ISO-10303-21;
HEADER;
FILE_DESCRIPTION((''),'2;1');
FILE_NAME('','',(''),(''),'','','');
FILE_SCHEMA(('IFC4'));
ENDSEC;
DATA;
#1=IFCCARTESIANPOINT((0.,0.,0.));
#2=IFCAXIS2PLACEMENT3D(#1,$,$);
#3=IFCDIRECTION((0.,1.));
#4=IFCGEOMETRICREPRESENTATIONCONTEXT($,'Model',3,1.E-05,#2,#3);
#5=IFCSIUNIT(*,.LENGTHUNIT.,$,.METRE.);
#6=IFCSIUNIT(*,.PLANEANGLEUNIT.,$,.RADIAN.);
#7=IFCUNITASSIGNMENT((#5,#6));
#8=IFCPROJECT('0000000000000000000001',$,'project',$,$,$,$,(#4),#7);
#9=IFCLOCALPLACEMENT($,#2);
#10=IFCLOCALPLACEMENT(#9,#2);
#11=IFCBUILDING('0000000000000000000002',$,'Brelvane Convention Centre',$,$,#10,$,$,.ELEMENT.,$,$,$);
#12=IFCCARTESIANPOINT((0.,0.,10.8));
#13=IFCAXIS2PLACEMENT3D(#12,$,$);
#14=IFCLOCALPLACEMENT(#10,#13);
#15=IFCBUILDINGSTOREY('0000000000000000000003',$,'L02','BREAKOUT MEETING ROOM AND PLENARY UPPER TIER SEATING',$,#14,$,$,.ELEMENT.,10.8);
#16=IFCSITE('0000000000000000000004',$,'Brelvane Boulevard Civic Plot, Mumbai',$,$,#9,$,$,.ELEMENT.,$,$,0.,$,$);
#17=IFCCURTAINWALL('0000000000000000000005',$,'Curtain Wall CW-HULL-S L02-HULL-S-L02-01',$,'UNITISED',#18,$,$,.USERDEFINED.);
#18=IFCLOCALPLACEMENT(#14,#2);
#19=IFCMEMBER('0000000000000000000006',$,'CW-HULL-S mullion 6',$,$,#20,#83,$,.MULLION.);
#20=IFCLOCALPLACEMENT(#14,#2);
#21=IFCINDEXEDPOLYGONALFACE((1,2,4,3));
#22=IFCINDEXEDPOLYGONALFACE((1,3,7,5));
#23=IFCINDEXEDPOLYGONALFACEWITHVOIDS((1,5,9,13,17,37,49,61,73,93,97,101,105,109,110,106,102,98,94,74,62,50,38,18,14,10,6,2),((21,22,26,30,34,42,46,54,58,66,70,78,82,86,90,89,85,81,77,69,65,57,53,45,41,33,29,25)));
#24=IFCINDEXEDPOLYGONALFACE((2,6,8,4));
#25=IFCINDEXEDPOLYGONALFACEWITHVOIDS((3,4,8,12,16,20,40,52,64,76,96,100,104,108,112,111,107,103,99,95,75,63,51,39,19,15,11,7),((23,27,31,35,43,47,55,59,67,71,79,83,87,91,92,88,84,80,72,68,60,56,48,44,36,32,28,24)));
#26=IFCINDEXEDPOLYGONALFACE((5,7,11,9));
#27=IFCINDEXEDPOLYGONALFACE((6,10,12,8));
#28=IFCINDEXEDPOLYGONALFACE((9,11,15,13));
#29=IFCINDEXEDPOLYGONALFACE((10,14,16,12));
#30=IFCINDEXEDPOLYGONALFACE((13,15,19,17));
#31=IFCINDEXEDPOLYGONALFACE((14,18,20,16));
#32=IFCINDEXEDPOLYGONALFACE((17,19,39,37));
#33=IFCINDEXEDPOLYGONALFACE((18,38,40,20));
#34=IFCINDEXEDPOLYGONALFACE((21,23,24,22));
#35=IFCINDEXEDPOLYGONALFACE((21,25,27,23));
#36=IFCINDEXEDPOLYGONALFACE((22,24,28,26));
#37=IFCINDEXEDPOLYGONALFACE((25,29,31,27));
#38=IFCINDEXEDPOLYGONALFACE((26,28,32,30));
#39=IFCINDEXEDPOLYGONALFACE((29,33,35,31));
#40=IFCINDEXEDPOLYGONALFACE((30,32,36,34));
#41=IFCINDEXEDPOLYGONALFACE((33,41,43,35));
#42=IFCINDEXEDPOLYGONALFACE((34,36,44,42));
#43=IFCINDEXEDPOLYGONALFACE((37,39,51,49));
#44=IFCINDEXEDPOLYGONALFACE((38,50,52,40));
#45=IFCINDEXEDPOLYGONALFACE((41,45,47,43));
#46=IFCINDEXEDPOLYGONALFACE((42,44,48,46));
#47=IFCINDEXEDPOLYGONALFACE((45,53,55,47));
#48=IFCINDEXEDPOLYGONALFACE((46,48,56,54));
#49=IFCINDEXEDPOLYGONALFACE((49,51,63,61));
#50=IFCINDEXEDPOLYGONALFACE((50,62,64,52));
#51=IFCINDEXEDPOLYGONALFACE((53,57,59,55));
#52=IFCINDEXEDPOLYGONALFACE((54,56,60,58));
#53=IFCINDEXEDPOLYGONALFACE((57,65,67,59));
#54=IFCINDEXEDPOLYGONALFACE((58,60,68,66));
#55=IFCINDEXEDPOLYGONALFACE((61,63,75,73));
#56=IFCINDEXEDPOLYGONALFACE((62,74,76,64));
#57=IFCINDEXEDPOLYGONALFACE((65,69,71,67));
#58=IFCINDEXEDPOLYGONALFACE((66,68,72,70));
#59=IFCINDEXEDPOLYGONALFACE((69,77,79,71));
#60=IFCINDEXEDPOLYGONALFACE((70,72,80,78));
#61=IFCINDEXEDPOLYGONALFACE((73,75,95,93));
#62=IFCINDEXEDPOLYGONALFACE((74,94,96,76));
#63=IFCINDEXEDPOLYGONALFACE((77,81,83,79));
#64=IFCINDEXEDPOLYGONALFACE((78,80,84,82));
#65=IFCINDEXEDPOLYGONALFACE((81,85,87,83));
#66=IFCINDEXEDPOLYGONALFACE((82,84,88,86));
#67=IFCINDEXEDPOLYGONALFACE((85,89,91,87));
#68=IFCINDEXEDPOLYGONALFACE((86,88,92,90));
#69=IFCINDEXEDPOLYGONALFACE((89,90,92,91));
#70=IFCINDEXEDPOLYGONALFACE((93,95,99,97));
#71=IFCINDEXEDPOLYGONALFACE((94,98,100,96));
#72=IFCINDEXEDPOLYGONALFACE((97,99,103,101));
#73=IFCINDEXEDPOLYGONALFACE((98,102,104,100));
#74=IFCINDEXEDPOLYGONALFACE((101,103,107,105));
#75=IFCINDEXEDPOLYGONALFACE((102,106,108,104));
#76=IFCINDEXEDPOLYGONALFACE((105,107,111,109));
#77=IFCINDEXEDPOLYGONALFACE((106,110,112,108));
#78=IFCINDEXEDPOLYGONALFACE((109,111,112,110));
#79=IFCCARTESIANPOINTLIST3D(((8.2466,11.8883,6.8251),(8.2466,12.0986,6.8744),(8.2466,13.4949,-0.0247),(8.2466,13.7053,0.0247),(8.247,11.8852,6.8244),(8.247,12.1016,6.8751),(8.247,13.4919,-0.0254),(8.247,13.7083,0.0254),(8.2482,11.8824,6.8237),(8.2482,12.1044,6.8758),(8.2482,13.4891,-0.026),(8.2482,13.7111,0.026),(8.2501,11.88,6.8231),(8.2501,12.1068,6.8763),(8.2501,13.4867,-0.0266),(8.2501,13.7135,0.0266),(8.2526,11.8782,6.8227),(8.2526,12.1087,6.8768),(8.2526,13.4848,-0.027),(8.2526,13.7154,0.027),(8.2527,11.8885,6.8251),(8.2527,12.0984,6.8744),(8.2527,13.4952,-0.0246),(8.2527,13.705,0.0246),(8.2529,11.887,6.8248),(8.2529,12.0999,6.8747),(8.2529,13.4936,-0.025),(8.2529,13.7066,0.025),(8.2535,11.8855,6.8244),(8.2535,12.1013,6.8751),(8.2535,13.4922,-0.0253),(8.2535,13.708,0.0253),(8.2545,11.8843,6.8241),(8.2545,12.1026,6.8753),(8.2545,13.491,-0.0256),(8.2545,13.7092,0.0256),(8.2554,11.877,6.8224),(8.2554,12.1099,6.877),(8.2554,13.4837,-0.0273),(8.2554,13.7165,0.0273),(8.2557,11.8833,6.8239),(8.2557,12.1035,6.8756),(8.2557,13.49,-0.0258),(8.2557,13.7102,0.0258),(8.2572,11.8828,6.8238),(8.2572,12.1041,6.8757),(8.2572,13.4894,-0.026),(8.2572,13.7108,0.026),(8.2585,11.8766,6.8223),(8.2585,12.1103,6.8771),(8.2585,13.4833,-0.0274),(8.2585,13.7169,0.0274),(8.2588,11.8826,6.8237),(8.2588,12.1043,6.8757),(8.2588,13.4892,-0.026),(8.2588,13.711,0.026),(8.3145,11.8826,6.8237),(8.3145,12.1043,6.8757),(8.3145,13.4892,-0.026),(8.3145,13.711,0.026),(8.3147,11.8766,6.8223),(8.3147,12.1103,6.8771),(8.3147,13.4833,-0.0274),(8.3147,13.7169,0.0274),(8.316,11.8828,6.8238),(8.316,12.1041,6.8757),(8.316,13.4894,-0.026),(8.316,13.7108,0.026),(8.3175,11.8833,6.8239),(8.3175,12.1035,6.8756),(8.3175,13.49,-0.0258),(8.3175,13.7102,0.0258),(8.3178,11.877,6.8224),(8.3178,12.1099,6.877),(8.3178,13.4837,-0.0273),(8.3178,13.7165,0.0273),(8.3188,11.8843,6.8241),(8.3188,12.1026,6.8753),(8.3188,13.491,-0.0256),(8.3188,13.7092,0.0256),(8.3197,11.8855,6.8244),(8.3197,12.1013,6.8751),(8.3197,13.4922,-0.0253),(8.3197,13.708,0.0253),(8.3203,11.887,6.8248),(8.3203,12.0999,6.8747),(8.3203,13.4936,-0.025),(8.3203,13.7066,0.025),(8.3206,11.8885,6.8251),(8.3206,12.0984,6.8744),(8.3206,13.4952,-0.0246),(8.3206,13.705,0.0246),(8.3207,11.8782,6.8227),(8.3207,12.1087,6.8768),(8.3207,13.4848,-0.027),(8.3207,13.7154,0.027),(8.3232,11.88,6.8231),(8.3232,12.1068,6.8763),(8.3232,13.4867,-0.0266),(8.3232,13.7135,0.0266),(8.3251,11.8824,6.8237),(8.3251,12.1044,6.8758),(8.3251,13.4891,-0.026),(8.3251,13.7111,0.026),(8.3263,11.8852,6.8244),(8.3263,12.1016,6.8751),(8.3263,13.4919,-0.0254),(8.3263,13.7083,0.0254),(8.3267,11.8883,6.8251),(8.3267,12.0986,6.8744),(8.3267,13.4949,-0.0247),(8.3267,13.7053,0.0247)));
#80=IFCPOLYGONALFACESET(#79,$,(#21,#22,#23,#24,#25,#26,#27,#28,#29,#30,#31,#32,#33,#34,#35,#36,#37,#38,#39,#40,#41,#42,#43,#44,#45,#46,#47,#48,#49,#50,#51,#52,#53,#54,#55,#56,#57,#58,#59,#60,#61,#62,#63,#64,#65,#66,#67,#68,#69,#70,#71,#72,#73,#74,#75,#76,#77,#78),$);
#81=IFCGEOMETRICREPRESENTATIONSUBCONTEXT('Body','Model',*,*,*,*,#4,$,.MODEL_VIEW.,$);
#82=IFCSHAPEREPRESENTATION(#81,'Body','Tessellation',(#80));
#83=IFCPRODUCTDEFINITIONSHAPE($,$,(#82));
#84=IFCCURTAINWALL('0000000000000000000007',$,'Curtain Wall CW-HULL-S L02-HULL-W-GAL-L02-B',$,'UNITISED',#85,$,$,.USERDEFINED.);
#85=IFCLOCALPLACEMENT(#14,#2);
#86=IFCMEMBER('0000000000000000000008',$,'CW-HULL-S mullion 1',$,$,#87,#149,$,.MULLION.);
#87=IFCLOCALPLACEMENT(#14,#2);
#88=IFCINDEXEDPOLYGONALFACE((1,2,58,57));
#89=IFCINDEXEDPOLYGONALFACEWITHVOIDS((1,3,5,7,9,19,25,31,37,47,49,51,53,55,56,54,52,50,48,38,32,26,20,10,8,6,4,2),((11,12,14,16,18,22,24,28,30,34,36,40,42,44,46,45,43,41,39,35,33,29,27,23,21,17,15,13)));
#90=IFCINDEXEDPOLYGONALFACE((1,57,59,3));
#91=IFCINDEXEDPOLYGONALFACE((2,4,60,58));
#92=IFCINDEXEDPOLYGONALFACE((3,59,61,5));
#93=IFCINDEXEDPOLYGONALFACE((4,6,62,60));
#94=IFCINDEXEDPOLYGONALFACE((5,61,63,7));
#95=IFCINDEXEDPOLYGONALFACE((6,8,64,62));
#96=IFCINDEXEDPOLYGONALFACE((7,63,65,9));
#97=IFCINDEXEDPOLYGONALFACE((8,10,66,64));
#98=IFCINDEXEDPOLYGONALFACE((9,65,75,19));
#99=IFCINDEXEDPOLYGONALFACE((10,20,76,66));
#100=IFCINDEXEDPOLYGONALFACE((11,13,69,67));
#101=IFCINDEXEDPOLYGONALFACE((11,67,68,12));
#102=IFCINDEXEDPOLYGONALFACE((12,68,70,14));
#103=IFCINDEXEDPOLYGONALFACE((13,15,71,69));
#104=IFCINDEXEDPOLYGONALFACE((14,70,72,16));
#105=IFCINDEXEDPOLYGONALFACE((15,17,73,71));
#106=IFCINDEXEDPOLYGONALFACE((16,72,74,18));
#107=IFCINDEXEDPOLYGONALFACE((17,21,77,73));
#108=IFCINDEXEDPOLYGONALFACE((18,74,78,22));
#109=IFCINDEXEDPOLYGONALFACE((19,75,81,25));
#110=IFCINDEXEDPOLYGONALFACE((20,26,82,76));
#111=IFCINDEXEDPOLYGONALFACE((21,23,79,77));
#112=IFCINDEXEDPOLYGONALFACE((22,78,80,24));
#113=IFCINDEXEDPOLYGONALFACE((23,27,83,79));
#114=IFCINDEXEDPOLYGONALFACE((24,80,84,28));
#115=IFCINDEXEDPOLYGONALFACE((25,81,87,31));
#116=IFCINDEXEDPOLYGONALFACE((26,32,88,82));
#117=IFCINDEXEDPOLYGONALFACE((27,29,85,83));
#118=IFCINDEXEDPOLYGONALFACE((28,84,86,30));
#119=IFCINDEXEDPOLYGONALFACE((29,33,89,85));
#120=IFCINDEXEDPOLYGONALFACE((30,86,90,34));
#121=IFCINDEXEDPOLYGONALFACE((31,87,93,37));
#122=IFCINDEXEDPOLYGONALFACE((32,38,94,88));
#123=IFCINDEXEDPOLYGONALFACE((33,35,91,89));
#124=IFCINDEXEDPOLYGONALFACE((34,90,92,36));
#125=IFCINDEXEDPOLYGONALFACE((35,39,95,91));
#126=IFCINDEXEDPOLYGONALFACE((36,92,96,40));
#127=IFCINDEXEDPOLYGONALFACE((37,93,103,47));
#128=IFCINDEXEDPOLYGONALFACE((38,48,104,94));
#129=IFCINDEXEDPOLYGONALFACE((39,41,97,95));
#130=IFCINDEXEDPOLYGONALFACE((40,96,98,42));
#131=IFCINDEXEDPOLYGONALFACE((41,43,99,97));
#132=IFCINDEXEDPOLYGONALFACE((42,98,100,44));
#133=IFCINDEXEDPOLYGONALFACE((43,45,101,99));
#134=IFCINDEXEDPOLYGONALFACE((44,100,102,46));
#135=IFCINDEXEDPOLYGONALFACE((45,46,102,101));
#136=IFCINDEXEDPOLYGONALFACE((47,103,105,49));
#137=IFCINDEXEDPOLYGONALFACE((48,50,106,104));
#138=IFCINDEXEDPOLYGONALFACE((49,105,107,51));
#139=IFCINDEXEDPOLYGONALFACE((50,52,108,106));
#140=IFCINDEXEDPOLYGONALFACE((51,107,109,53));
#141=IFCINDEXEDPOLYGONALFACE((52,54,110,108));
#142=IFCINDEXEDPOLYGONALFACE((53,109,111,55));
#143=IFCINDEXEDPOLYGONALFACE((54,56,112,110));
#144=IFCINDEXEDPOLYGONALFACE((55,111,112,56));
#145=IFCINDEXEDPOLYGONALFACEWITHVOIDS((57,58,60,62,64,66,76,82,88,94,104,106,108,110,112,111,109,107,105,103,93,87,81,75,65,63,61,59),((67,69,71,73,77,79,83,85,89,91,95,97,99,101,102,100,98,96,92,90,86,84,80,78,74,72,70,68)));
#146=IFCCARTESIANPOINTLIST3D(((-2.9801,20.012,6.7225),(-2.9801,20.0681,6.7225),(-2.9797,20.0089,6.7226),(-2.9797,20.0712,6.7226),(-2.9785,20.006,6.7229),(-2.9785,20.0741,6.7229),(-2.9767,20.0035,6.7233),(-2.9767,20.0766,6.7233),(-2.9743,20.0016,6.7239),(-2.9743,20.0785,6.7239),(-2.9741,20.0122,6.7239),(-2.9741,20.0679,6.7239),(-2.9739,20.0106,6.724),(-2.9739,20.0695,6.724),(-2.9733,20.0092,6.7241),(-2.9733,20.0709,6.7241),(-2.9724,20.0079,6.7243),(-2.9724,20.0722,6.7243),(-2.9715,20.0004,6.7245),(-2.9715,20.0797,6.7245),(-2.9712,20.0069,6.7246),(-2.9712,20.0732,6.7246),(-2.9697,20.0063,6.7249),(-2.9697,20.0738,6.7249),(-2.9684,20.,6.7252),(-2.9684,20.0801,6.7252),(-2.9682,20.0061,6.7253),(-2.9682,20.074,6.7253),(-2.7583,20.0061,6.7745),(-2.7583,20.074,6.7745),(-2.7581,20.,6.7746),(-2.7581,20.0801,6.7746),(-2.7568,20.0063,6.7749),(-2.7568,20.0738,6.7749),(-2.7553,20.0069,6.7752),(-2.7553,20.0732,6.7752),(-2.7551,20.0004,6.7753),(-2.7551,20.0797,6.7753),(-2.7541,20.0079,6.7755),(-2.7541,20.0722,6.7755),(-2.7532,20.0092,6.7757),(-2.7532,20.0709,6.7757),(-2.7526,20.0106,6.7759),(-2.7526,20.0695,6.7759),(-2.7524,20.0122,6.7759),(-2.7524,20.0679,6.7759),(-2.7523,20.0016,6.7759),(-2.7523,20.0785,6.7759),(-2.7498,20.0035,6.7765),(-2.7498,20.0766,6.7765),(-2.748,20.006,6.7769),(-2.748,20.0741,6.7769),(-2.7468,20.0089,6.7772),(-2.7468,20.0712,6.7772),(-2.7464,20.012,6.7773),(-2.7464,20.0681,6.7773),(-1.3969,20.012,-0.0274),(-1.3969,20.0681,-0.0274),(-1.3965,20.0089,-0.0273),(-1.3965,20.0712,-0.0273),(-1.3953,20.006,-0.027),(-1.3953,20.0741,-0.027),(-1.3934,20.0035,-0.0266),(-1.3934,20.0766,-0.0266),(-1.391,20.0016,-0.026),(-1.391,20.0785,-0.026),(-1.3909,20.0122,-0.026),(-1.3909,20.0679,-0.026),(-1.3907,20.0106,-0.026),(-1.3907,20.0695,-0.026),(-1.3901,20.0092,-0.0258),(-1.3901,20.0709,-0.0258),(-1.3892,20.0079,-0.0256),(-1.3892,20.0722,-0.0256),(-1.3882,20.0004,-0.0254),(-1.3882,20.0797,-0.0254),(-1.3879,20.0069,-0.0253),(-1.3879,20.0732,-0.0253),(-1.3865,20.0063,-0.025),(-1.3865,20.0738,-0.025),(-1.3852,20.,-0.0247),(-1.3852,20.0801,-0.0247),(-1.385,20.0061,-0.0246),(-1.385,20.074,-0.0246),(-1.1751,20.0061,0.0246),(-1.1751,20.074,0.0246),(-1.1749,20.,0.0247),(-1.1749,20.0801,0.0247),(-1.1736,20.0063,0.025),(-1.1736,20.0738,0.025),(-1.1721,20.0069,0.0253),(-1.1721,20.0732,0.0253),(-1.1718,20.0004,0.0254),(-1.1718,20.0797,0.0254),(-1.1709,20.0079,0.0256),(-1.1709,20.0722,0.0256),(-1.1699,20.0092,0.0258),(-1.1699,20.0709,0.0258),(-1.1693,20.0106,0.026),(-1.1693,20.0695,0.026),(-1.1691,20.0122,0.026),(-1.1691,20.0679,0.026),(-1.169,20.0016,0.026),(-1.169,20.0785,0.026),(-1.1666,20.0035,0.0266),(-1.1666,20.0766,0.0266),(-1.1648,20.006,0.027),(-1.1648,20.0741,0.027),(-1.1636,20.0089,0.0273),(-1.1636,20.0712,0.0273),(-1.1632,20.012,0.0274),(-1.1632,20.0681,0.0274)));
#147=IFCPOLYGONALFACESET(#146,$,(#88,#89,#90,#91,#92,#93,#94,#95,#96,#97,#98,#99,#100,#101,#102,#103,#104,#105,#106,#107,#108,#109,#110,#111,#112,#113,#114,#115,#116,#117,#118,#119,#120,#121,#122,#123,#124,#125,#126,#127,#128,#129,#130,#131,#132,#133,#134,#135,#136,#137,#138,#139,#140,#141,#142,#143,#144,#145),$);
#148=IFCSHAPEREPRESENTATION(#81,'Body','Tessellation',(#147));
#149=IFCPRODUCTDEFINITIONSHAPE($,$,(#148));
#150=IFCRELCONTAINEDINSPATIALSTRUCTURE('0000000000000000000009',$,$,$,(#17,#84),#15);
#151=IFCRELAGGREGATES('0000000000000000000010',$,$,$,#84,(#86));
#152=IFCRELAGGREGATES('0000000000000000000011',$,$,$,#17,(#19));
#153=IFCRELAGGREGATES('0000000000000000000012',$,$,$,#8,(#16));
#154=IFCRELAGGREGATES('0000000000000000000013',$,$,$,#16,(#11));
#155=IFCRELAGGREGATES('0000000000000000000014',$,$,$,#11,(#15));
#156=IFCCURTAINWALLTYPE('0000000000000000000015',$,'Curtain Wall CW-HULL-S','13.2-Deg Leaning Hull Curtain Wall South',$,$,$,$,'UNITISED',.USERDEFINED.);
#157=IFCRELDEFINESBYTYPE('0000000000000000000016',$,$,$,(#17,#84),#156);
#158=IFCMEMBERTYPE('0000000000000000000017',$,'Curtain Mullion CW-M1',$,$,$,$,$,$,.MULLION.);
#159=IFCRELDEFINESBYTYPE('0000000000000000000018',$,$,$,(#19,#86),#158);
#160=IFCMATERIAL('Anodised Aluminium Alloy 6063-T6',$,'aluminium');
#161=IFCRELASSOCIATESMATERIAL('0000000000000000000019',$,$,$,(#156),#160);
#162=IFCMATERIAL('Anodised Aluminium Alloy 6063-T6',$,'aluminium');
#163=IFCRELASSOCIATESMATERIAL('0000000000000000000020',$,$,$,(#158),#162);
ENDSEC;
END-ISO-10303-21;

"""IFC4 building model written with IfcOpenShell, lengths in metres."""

from ifc_helpers import new_model, si_unit, direction, frame, origin, origin_2d, place, context, subcontext, project, spatial, hollow_rectangle, extrude, material, material_profile, profile_set, type_object, element, aggregate, save


model = new_model("IFC4")

# Units and contexts
model_context = context("Model", 3, precision=1e-05, world=origin(), true_north=direction((0.0, 1.0)))
body_context = subcontext(model_context, "Body", "Model", "MODEL_VIEW")
ifc_project = project(units=[si_unit("LENGTHUNIT", "METRE"), si_unit("PLANEANGLEUNIT", "RADIAN")], contexts=[model_context])

# Site, building, storey
site_placement = place(None, origin())
site = spatial("IfcSite", under=ifc_project, at=site_placement, Name="Brelvane Boulevard Civic Plot, Mumbai", CompositionType="ELEMENT", RefElevation=0.0)
building_placement = place(site_placement, origin())
building = spatial("IfcBuilding", under=site, at=building_placement, Name="Brelvane Convention Centre", CompositionType="ELEMENT")
storey_placement = place(building_placement, frame((0.0, 0.0, 10.8)))
storey = spatial("IfcBuildingStorey", under=building, at=storey_placement, Name="L02", Description="BREAKOUT MEETING ROOM AND PLENARY UPPER TIER SEATING", CompositionType="ELEMENT", Elevation=10.8)

# Curtain walls, members
ifc_material_1 = material(Name="Anodised Aluminium Alloy 6063-T6", Category="aluminium")
curtain_wall_type = type_object("IfcCurtainWallType", Name="Curtain Wall CW-HULL-S", Description="13.2-Deg Leaning Hull Curtain Wall South", ElementType="UNITISED", PredefinedType="USERDEFINED", material=ifc_material_1)
curtain_wall_1_placement = place(storey_placement, origin())
curtain_wall_1 = element("IfcCurtainWall", 1, at=curtain_wall_1_placement, inside=storey, type_object=curtain_wall_type, Name="Curtain Wall CW-HULL-S L02-HULL-S-L02-01", ObjectType="UNITISED", PredefinedType="USERDEFINED")
ifc_material_2 = material(Name="Anodised Aluminium Alloy 6063-T6", Category="aluminium")
ifc_material_profile_1 = material_profile(ifc_material_2, hollow_rectangle(XDim=0.0801, YDim=0.24, WallThickness=0.0061, InnerFilletRadius=0.0061, OuterFilletRadius=0.012, at=origin_2d()), Name="ALU-M 240x80x6.0")
ifc_profile_set_1 = profile_set([ifc_material_profile_1], Name="Anodised Aluminium Alloy 6063-T6")
member_type_1 = type_object("IfcMemberType", Name="Curtain Mullion CW-M1", PredefinedType="MULLION", material=ifc_profile_set_1)
member_1_placement = place(storey_placement, frame((8.2866, 13.6001, 0.0), z_axis=(0.0, -0.22836, 0.973577), x_axis=(1.0, 0.0, 0.0)))
member_1 = element("IfcMember", 2, at=member_1_placement, type_object=member_type_1, Name="CW-HULL-S mullion 6", PredefinedType="MULLION", context=body_context, shape_type="SweptSolid", body=[
    extrude(hollow_rectangle(XDim=0.0801, YDim=0.24, WallThickness=0.0061, InnerFilletRadius=0.0061, OuterFilletRadius=0.012, at=origin_2d()), origin(), (0.0, 0.0, 1.0), 7.0356),
])
curtain_wall_2_placement = place(storey_placement, origin())
curtain_wall_2 = element("IfcCurtainWall", 3, at=curtain_wall_2_placement, inside=storey, type_object=curtain_wall_type, Name="Curtain Wall CW-HULL-S L02-HULL-W-GAL-L02-B", ObjectType="UNITISED", PredefinedType="USERDEFINED")
member_2_placement = place(storey_placement, frame((-1.28, 20.04, 0.0), z_axis=(-0.228358, 0.0, 0.973577), x_axis=(0.0, -1.0, 0.0)))
member_2 = element("IfcMember", 4, at=member_2_placement, type_object=member_type_1, Name="CW-HULL-S mullion 1", PredefinedType="MULLION", context=body_context, shape_type="SweptSolid", body=[
    extrude(hollow_rectangle(XDim=0.0801, YDim=0.24, WallThickness=0.0061, InnerFilletRadius=0.0061, OuterFilletRadius=0.012, at=origin_2d()), origin(), (0.0, 0.0, 1.0), 6.9331),
])
aggregate(curtain_wall_2, [member_2])

aggregate(curtain_wall_1, [member_1])

save(model, "model.ifc")
